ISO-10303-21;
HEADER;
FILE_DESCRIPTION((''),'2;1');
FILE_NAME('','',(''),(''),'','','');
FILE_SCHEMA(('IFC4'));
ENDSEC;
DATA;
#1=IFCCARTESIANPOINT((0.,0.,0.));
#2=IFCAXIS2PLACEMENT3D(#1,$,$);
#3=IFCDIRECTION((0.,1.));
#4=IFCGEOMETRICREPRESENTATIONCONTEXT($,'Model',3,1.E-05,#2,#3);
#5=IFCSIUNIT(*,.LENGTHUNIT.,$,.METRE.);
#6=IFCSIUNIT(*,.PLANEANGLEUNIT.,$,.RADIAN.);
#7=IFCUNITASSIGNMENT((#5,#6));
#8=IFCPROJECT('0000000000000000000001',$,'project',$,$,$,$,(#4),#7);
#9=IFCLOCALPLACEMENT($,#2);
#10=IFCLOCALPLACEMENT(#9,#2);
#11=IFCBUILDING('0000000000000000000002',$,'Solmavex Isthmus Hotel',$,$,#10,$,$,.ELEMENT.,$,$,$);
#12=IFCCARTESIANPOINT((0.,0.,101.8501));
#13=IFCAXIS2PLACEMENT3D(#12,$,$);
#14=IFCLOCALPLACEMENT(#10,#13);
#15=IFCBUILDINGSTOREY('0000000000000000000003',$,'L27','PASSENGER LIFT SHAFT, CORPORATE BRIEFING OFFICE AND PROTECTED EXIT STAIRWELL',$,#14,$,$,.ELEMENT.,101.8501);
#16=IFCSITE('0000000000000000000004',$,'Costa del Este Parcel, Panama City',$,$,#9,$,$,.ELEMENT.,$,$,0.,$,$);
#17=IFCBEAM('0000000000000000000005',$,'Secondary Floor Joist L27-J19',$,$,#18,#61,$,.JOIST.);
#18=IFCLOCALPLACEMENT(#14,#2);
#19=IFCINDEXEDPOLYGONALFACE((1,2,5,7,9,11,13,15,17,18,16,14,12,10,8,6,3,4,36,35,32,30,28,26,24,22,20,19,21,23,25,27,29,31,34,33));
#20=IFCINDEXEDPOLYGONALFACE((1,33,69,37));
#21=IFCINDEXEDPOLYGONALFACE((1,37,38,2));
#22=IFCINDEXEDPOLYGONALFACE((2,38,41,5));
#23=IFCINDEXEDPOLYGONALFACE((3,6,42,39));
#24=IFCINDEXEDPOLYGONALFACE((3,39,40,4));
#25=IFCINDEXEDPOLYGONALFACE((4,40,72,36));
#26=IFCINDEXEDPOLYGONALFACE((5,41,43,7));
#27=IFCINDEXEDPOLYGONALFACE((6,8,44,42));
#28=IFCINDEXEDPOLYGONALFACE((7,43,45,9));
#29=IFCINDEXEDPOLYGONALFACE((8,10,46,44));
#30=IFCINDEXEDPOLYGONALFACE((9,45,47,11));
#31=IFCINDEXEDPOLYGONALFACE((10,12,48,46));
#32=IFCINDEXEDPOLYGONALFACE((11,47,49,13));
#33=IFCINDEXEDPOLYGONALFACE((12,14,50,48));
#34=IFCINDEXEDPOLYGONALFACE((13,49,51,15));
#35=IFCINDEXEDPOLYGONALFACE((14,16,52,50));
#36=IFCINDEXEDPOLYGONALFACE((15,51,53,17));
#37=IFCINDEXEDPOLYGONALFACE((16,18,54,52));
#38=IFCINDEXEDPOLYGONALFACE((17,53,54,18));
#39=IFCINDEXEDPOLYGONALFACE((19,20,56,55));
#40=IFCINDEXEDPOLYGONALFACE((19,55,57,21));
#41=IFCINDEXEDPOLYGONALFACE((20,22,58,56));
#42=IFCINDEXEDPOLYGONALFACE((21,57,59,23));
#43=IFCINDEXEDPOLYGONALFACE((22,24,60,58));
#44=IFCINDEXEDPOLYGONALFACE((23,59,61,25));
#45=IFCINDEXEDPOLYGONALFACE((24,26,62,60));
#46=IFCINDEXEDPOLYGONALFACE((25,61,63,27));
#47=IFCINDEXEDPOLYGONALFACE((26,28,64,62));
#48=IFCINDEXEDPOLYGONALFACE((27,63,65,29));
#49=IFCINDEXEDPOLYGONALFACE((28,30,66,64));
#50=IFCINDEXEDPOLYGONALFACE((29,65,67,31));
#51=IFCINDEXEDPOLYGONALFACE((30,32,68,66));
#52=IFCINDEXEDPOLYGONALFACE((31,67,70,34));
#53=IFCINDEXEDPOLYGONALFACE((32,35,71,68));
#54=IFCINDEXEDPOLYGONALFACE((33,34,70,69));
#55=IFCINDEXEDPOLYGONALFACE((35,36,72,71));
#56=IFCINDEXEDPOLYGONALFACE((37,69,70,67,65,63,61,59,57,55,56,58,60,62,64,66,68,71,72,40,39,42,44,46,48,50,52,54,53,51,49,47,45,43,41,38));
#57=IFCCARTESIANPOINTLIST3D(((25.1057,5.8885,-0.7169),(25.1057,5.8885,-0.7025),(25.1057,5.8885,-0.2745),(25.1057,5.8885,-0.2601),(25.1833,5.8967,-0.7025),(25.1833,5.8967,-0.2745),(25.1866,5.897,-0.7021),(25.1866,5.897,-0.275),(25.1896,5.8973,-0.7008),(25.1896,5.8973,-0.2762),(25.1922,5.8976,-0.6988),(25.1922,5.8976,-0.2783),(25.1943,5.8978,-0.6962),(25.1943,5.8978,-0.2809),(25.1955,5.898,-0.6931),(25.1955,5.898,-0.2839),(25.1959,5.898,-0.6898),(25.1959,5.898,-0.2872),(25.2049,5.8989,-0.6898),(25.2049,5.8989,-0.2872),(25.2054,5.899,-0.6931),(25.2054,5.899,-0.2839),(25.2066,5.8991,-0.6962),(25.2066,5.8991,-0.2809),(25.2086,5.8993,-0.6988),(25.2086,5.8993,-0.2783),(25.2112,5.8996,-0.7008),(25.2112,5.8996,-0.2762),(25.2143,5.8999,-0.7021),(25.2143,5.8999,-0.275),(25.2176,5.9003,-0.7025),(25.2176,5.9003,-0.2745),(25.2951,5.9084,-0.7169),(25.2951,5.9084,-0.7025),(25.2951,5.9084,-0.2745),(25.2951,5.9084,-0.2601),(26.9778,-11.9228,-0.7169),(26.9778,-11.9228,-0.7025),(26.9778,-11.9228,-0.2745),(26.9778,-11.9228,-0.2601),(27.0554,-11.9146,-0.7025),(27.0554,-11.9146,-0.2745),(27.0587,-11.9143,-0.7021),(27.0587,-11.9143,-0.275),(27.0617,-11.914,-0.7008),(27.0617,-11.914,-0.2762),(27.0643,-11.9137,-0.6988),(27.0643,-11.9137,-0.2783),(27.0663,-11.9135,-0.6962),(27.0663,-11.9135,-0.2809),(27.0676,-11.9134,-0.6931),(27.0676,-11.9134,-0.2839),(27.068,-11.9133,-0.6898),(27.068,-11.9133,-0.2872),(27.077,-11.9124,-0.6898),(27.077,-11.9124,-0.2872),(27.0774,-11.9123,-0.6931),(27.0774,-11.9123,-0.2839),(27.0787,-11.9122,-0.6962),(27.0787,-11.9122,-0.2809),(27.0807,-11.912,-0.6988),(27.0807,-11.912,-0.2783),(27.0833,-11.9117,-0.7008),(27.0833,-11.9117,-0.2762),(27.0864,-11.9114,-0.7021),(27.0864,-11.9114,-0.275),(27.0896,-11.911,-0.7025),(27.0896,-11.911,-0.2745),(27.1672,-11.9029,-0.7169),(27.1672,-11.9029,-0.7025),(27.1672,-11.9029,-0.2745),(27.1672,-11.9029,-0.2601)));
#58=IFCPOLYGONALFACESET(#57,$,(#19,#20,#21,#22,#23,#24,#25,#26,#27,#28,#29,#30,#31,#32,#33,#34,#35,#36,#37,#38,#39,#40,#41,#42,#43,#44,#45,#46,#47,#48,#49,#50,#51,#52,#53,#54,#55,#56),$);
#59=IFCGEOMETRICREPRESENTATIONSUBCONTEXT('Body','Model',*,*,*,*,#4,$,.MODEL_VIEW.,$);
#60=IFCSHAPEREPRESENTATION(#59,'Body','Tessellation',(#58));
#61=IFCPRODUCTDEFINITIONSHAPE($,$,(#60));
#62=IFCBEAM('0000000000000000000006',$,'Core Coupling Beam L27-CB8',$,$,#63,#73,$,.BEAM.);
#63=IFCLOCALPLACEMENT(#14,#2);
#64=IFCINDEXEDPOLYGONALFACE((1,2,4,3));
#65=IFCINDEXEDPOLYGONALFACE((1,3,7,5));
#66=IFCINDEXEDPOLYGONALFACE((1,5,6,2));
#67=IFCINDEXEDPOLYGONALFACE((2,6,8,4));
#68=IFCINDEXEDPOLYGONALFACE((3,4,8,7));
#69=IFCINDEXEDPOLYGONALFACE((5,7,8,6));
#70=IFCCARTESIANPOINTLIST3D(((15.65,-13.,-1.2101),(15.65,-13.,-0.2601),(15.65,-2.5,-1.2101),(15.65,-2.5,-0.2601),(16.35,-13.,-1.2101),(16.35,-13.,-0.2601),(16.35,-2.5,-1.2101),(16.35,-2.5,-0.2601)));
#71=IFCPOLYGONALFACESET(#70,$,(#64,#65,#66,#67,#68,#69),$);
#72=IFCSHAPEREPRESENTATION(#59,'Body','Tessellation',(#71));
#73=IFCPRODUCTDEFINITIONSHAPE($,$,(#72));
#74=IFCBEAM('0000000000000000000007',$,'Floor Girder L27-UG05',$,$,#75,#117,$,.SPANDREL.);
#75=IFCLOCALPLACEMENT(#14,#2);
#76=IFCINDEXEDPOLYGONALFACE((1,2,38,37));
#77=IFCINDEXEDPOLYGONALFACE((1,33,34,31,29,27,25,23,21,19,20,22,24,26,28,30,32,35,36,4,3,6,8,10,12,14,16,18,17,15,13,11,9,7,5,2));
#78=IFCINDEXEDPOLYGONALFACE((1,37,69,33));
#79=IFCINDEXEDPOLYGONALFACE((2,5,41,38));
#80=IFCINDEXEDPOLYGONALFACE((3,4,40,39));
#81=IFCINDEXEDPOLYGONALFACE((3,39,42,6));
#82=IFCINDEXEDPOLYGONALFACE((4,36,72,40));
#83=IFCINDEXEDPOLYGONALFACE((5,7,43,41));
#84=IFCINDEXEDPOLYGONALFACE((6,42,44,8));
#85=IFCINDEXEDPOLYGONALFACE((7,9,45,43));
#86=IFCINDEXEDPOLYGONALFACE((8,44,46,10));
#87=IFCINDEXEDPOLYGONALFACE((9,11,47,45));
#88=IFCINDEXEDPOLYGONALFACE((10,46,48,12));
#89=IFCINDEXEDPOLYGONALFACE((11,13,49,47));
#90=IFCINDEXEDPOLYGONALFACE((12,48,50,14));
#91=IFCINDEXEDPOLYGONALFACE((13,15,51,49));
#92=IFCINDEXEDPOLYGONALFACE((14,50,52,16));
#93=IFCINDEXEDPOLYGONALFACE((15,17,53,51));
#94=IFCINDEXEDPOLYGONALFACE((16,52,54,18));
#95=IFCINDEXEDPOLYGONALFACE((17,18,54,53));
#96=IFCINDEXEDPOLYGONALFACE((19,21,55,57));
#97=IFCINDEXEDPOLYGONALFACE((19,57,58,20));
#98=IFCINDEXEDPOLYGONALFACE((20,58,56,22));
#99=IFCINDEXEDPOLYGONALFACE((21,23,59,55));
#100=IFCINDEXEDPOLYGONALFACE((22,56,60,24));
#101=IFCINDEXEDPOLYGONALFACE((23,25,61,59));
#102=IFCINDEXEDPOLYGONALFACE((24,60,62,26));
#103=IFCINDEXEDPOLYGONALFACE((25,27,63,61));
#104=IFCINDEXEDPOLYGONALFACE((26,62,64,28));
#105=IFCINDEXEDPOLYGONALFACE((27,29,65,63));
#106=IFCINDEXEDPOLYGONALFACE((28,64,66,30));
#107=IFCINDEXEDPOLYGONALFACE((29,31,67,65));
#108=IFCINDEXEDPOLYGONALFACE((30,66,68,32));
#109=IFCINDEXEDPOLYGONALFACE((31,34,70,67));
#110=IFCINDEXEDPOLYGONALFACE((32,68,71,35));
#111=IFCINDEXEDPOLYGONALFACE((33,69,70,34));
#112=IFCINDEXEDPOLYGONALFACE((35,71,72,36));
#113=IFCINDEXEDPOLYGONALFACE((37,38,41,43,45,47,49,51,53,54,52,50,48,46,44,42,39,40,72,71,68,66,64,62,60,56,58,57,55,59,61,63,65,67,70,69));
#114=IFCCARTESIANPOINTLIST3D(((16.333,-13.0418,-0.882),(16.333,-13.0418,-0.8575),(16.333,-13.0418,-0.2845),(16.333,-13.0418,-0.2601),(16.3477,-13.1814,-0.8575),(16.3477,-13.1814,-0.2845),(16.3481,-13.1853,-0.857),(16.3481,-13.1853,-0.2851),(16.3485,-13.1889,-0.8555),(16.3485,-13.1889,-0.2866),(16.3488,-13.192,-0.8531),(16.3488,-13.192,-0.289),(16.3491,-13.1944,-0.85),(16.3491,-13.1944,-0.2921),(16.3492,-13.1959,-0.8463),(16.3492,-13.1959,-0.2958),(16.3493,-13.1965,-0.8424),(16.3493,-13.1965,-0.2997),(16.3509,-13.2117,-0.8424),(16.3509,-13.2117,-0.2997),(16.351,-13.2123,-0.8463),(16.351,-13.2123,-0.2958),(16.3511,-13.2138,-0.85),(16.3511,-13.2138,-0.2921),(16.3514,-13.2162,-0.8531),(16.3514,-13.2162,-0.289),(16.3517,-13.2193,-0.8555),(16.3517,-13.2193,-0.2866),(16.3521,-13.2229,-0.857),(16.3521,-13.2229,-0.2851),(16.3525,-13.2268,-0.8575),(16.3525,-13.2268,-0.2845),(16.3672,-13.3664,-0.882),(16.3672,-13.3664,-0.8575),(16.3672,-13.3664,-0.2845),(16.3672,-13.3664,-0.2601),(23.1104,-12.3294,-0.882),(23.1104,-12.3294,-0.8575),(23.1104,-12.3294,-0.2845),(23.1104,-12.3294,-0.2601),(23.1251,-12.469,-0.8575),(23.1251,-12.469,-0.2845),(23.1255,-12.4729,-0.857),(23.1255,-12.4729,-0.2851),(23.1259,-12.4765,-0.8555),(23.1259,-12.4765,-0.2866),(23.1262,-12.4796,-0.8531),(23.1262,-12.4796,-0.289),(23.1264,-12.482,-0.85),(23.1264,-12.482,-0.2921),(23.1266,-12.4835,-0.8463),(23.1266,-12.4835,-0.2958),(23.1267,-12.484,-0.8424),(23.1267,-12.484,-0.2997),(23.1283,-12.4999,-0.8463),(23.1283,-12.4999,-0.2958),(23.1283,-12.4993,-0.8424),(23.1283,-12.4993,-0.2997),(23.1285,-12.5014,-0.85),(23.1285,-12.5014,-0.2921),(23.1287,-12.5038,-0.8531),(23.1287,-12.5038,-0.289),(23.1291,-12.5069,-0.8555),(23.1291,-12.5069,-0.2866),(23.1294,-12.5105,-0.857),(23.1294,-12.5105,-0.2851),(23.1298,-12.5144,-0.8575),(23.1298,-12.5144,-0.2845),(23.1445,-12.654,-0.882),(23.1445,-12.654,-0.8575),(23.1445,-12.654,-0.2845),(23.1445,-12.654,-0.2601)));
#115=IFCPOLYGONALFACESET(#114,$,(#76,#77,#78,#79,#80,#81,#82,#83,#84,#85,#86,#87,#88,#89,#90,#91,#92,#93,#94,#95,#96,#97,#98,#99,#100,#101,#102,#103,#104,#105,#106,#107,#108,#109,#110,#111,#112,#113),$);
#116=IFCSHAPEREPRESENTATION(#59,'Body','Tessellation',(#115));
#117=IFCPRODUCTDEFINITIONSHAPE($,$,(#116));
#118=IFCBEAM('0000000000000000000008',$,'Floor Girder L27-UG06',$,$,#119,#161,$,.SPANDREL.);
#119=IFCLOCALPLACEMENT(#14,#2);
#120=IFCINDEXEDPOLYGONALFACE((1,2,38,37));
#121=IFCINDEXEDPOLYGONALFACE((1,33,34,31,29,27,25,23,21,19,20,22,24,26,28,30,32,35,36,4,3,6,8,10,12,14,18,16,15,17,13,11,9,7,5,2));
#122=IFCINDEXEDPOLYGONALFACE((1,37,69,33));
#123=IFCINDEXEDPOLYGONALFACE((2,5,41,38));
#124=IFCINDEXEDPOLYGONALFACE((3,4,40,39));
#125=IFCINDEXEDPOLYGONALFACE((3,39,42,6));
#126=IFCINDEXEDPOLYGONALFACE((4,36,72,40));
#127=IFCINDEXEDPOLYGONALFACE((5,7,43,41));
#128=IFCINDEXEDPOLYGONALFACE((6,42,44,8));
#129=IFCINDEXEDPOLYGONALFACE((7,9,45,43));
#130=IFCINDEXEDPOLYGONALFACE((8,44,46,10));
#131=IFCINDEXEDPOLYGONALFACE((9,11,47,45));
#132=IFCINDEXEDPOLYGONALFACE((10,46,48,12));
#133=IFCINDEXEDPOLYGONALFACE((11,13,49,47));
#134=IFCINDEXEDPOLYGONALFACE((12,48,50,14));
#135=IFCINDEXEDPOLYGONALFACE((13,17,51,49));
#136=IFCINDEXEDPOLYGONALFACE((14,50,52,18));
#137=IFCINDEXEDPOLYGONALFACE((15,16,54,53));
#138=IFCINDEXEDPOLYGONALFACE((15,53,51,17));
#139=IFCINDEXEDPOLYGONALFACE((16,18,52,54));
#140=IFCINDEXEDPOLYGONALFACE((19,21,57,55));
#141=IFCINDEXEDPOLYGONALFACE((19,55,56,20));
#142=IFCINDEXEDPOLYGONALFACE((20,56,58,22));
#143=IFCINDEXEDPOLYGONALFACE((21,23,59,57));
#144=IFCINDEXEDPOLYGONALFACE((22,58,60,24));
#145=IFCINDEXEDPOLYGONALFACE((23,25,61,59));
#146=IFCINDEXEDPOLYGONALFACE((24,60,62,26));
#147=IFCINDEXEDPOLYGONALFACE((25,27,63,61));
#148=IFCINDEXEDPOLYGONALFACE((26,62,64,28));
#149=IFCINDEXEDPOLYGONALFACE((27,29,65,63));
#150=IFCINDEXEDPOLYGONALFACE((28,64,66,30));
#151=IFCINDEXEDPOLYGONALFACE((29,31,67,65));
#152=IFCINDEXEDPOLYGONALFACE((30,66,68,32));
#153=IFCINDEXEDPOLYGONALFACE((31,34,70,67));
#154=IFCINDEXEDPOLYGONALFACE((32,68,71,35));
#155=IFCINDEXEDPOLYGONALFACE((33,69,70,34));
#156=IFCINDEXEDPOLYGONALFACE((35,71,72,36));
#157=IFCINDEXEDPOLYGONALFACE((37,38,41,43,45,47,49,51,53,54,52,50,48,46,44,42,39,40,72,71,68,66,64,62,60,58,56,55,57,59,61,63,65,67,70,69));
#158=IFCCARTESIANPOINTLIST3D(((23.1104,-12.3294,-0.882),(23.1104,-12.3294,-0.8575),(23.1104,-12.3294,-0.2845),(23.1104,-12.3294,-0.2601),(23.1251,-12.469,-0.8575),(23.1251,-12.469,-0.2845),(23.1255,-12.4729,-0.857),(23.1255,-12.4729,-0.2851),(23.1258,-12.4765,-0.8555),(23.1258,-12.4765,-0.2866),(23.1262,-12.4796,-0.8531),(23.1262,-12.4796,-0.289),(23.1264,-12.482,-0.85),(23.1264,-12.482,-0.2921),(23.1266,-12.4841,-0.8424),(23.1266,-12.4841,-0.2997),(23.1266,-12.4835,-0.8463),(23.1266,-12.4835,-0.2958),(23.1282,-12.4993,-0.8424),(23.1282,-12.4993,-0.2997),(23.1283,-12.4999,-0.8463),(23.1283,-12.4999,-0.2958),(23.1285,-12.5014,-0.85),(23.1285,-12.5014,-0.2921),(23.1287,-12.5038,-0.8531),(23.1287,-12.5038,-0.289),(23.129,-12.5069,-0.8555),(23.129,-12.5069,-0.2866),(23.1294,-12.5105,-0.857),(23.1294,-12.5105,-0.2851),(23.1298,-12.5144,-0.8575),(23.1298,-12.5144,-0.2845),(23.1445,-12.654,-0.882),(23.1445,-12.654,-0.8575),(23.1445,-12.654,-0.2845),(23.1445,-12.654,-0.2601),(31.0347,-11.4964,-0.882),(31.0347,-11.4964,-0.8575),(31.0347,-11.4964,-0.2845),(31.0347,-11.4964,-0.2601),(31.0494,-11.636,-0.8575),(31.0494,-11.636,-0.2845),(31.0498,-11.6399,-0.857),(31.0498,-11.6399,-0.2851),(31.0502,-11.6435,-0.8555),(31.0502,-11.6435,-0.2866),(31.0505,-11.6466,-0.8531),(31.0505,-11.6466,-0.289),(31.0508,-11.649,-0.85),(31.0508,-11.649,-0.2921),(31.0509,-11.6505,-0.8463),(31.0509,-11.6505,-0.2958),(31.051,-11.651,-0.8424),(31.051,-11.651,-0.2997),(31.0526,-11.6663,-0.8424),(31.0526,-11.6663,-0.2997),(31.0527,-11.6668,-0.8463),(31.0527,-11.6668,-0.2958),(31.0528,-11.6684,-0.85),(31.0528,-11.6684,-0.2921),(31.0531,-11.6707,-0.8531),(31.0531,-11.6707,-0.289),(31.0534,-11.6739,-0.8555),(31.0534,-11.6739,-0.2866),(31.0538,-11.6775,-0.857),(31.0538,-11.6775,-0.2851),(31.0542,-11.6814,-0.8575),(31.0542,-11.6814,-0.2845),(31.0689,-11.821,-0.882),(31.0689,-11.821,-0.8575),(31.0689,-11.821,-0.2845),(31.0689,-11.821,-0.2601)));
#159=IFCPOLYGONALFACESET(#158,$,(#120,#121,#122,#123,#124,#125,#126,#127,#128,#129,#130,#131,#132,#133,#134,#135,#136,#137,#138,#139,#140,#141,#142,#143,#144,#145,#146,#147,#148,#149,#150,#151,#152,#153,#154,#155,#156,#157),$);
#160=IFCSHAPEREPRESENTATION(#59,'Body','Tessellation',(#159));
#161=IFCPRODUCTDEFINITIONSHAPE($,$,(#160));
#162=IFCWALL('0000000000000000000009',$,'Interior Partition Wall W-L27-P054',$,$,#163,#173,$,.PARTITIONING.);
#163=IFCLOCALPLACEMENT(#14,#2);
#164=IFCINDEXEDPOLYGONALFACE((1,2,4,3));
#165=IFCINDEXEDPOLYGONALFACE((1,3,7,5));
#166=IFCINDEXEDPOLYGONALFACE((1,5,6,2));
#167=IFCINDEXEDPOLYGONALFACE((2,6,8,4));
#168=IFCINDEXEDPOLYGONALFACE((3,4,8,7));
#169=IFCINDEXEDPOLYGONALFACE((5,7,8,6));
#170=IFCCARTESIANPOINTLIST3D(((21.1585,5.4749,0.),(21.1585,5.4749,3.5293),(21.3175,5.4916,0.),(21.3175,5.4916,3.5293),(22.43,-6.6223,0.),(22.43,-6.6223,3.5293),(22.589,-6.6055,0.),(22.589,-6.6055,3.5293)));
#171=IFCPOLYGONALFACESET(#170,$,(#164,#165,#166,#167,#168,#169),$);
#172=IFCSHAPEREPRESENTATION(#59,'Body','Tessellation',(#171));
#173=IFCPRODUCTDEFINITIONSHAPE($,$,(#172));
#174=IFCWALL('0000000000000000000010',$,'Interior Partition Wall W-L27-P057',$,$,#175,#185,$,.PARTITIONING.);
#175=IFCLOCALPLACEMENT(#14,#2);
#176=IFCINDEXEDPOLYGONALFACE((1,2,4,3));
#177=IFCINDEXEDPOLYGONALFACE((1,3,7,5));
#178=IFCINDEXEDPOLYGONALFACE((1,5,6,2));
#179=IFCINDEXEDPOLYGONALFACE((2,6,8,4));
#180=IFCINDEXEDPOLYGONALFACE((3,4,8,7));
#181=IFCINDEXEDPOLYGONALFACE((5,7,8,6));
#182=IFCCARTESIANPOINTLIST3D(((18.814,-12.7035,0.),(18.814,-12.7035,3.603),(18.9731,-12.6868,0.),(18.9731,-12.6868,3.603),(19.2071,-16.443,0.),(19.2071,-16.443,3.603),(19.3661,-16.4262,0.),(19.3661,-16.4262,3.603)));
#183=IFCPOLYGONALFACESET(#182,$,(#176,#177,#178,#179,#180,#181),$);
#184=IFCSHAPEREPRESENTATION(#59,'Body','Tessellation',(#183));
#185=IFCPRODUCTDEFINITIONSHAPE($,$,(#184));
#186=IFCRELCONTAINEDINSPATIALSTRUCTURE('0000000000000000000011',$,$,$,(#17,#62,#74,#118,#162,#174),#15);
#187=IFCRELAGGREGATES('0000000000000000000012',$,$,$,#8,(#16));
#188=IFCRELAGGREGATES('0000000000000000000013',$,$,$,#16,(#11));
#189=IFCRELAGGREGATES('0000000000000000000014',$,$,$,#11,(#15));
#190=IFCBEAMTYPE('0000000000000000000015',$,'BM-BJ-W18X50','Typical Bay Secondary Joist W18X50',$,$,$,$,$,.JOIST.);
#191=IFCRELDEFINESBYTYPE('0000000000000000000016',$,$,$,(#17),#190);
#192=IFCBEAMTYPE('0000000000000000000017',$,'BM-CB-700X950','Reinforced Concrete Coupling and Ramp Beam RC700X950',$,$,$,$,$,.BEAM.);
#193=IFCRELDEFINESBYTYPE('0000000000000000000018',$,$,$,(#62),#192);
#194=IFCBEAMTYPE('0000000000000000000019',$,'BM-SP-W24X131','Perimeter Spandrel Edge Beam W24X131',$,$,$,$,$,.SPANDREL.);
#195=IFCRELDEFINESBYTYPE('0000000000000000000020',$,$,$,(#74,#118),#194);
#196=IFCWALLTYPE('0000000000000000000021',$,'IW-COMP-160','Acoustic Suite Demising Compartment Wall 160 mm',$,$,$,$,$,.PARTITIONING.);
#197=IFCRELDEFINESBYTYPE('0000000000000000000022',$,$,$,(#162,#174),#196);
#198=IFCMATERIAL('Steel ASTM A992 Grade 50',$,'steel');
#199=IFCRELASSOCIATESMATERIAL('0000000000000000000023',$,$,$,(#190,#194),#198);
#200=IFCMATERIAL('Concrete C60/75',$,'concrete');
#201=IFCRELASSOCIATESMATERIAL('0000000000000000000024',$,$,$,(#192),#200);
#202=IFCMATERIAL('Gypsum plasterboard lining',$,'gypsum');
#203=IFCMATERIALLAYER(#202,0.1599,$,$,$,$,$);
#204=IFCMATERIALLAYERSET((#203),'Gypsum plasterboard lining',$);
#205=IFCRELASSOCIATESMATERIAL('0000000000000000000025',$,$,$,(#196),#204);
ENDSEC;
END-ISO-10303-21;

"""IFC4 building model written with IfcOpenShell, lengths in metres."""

from ifc_helpers import new_model, si_unit, direction, frame, frame_2d, origin, origin_2d, place, context, subcontext, project, spatial, rectangle, i_section, extrude, material, layer, layer_set, material_profile, profile_set, type_object, element, save


model = new_model("IFC4")

# Units and contexts
model_context = context("Model", 3, precision=1e-05, world=origin(), true_north=direction((0.0, 1.0)))
body_context = subcontext(model_context, "Body", "Model", "MODEL_VIEW")
ifc_project = project(units=[si_unit("LENGTHUNIT", "METRE"), si_unit("PLANEANGLEUNIT", "RADIAN")], contexts=[model_context])

# Site, building, storey
site_placement = place(None, origin())
site = spatial("IfcSite", under=ifc_project, at=site_placement, Name="Costa del Este Parcel, Panama City", CompositionType="ELEMENT", RefElevation=0.0)
building_placement = place(site_placement, origin())
building = spatial("IfcBuilding", under=site, at=building_placement, Name="Solmavex Isthmus Hotel", CompositionType="ELEMENT")
storey_placement = place(building_placement, frame((0.0, 0.0, 101.8501)))
storey = spatial("IfcBuildingStorey", under=building, at=storey_placement, Name="L27", Description="PASSENGER LIFT SHAFT, CORPORATE BRIEFING OFFICE AND PROTECTED EXIT STAIRWELL", CompositionType="ELEMENT", Elevation=101.8501)

# Shared definitions
ifc_material_1 = material(Name="Concrete C60/75", Category="concrete")

# Beams
ifc_material_2 = material(Name="Steel ASTM A992 Grade 50", Category="steel")
ifc_material_profile_1 = material_profile(ifc_material_2, i_section(OverallWidth=0.1904, OverallDepth=0.4568, WebThickness=0.009, FlangeThickness=0.0144, FilletRadius=0.0127, at=origin_2d()), Name="W18X50")
ifc_profile_set_1 = profile_set([ifc_material_profile_1], Name="Steel ASTM A992 Grade 50")
beam_type_1 = type_object("IfcBeamType", Name="BM-BJ-W18X50", Description="Typical Bay Secondary Joist W18X50", PredefinedType="JOIST", material=ifc_profile_set_1)
beam_1_placement = place(storey_placement, frame((27.0725, -11.9128, -0.4885), z_axis=(-0.10453, 0.994522, 0.0), x_axis=(-0.994522, -0.10453, 0.0)))
element("IfcBeam", 1, at=beam_1_placement, inside=storey, type_object=beam_type_1, Name="Secondary Floor Joist L27-J19", PredefinedType="JOIST", context=body_context, shape_type="SweptSolid", body=[
    extrude(i_section(OverallWidth=0.1904, OverallDepth=0.4568, WebThickness=0.009, FlangeThickness=0.0144, FilletRadius=0.0127, at=origin_2d()), origin(), (0.0, 0.0, 1.0), 17.9094),
])
ifc_material_profile_2 = material_profile(ifc_material_1, rectangle(XDim=0.7, YDim=0.95, at=origin_2d()), Name="RC700X950")
ifc_profile_set_2 = profile_set([ifc_material_profile_2], Name="Concrete C60/75")
beam_type_2 = type_object("IfcBeamType", Name="BM-CB-700X950", Description="Reinforced Concrete Coupling and Ramp Beam RC700X950", PredefinedType="BEAM", material=ifc_profile_set_2)
beam_2_placement = place(storey_placement, frame((16.0, -13.0, -0.7351), z_axis=(0.0, 1.0, 0.0), x_axis=(-1.0, 0.0, 0.0)))
element("IfcBeam", 2, at=beam_2_placement, inside=storey, type_object=beam_type_2, Name="Core Coupling Beam L27-CB8", PredefinedType="BEAM", context=body_context, shape_type="SweptSolid", body=[
    extrude(rectangle(XDim=0.7, YDim=0.95, at=origin_2d()), origin(), (0.0, 0.0, 1.0), 10.5),
])
ifc_material_profile_3 = material_profile(ifc_material_2, i_section(OverallWidth=0.3264, OverallDepth=0.6218, WebThickness=0.0154, FlangeThickness=0.0244, FilletRadius=0.0151, at=origin_2d()), Name="W24X131")
ifc_profile_set_3 = profile_set([ifc_material_profile_3], Name="Steel ASTM A992 Grade 50")
beam_type_3 = type_object("IfcBeamType", Name="BM-SP-W24X131", Description="Perimeter Spandrel Edge Beam W24X131", PredefinedType="SPANDREL", material=ifc_profile_set_3)
beam_3_placement = place(storey_placement, frame((16.3501, -13.2041, -0.571), z_axis=(0.994521, 0.104539, 0.0), x_axis=(-0.104539, 0.994521, 0.0)))
element("IfcBeam", 3, at=beam_3_placement, inside=storey, type_object=beam_type_3, Name="Floor Girder L27-UG05", PredefinedType="SPANDREL", context=body_context, shape_type="SweptSolid", body=[
    extrude(i_section(OverallWidth=0.3264, OverallDepth=0.6218, WebThickness=0.0154, FlangeThickness=0.0244, FilletRadius=0.0151, at=origin_2d()), origin(), (0.0, 0.0, 1.0), 6.8147),
])
beam_4_placement = place(storey_placement, frame((23.1274, -12.4917, -0.571), z_axis=(0.99452, 0.104544, 0.0), x_axis=(-0.104544, 0.99452, 0.0)))
element("IfcBeam", 4, at=beam_4_placement, inside=storey, type_object=beam_type_3, Name="Floor Girder L27-UG06", PredefinedType="SPANDREL", context=body_context, shape_type="SweptSolid", body=[
    extrude(i_section(OverallWidth=0.3264, OverallDepth=0.6218, WebThickness=0.0154, FlangeThickness=0.0244, FilletRadius=0.0151, at=origin_2d()), origin(), (0.0, 0.0, 1.0), 7.968),
])

# Walls
ifc_material_3 = material(Name="Gypsum plasterboard lining", Category="gypsum")
ifc_layer_1 = layer(ifc_material_3, 0.1599)
ifc_layer_set_1 = layer_set([ifc_layer_1], Name="Gypsum plasterboard lining")
wall_type_1 = type_object("IfcWallType", Name="IW-COMP-160", Description="Acoustic Suite Demising Compartment Wall 160 mm", PredefinedType="PARTITIONING", material=ifc_layer_set_1)
wall_1_placement = place(storey_placement, frame((22.5095, -6.614, 0.0), z_axis=(0.0, 0.0, 1.0), x_axis=(-0.10453, 0.994522, 0.0)))
element("IfcWall", 5, at=wall_1_placement, inside=storey, type_object=wall_type_1, Name="Interior Partition Wall W-L27-P054", PredefinedType="PARTITIONING", context=body_context, shape_type="SweptSolid", body=[
    extrude(rectangle(XDim=12.1638, YDim=0.1599, at=frame_2d((6.082, 0.0))), origin(), (0.0, 0.0, 1.0), 3.5293),
])
wall_2_placement = place(storey_placement, frame((18.8936, -12.6953, 0.0), z_axis=(0.0, 0.0, 1.0), x_axis=(0.104536, -0.994521, 0.0)))
element("IfcWall", 6, at=wall_2_placement, inside=storey, type_object=wall_type_1, Name="Interior Partition Wall W-L27-P057", PredefinedType="PARTITIONING", context=body_context, shape_type="SweptSolid", body=[
    extrude(rectangle(XDim=3.76, YDim=0.1599, at=frame_2d((1.8799, 0.0))), origin(), (0.0, 0.0, 1.0), 3.603),
])

save(model, "model.ifc")
